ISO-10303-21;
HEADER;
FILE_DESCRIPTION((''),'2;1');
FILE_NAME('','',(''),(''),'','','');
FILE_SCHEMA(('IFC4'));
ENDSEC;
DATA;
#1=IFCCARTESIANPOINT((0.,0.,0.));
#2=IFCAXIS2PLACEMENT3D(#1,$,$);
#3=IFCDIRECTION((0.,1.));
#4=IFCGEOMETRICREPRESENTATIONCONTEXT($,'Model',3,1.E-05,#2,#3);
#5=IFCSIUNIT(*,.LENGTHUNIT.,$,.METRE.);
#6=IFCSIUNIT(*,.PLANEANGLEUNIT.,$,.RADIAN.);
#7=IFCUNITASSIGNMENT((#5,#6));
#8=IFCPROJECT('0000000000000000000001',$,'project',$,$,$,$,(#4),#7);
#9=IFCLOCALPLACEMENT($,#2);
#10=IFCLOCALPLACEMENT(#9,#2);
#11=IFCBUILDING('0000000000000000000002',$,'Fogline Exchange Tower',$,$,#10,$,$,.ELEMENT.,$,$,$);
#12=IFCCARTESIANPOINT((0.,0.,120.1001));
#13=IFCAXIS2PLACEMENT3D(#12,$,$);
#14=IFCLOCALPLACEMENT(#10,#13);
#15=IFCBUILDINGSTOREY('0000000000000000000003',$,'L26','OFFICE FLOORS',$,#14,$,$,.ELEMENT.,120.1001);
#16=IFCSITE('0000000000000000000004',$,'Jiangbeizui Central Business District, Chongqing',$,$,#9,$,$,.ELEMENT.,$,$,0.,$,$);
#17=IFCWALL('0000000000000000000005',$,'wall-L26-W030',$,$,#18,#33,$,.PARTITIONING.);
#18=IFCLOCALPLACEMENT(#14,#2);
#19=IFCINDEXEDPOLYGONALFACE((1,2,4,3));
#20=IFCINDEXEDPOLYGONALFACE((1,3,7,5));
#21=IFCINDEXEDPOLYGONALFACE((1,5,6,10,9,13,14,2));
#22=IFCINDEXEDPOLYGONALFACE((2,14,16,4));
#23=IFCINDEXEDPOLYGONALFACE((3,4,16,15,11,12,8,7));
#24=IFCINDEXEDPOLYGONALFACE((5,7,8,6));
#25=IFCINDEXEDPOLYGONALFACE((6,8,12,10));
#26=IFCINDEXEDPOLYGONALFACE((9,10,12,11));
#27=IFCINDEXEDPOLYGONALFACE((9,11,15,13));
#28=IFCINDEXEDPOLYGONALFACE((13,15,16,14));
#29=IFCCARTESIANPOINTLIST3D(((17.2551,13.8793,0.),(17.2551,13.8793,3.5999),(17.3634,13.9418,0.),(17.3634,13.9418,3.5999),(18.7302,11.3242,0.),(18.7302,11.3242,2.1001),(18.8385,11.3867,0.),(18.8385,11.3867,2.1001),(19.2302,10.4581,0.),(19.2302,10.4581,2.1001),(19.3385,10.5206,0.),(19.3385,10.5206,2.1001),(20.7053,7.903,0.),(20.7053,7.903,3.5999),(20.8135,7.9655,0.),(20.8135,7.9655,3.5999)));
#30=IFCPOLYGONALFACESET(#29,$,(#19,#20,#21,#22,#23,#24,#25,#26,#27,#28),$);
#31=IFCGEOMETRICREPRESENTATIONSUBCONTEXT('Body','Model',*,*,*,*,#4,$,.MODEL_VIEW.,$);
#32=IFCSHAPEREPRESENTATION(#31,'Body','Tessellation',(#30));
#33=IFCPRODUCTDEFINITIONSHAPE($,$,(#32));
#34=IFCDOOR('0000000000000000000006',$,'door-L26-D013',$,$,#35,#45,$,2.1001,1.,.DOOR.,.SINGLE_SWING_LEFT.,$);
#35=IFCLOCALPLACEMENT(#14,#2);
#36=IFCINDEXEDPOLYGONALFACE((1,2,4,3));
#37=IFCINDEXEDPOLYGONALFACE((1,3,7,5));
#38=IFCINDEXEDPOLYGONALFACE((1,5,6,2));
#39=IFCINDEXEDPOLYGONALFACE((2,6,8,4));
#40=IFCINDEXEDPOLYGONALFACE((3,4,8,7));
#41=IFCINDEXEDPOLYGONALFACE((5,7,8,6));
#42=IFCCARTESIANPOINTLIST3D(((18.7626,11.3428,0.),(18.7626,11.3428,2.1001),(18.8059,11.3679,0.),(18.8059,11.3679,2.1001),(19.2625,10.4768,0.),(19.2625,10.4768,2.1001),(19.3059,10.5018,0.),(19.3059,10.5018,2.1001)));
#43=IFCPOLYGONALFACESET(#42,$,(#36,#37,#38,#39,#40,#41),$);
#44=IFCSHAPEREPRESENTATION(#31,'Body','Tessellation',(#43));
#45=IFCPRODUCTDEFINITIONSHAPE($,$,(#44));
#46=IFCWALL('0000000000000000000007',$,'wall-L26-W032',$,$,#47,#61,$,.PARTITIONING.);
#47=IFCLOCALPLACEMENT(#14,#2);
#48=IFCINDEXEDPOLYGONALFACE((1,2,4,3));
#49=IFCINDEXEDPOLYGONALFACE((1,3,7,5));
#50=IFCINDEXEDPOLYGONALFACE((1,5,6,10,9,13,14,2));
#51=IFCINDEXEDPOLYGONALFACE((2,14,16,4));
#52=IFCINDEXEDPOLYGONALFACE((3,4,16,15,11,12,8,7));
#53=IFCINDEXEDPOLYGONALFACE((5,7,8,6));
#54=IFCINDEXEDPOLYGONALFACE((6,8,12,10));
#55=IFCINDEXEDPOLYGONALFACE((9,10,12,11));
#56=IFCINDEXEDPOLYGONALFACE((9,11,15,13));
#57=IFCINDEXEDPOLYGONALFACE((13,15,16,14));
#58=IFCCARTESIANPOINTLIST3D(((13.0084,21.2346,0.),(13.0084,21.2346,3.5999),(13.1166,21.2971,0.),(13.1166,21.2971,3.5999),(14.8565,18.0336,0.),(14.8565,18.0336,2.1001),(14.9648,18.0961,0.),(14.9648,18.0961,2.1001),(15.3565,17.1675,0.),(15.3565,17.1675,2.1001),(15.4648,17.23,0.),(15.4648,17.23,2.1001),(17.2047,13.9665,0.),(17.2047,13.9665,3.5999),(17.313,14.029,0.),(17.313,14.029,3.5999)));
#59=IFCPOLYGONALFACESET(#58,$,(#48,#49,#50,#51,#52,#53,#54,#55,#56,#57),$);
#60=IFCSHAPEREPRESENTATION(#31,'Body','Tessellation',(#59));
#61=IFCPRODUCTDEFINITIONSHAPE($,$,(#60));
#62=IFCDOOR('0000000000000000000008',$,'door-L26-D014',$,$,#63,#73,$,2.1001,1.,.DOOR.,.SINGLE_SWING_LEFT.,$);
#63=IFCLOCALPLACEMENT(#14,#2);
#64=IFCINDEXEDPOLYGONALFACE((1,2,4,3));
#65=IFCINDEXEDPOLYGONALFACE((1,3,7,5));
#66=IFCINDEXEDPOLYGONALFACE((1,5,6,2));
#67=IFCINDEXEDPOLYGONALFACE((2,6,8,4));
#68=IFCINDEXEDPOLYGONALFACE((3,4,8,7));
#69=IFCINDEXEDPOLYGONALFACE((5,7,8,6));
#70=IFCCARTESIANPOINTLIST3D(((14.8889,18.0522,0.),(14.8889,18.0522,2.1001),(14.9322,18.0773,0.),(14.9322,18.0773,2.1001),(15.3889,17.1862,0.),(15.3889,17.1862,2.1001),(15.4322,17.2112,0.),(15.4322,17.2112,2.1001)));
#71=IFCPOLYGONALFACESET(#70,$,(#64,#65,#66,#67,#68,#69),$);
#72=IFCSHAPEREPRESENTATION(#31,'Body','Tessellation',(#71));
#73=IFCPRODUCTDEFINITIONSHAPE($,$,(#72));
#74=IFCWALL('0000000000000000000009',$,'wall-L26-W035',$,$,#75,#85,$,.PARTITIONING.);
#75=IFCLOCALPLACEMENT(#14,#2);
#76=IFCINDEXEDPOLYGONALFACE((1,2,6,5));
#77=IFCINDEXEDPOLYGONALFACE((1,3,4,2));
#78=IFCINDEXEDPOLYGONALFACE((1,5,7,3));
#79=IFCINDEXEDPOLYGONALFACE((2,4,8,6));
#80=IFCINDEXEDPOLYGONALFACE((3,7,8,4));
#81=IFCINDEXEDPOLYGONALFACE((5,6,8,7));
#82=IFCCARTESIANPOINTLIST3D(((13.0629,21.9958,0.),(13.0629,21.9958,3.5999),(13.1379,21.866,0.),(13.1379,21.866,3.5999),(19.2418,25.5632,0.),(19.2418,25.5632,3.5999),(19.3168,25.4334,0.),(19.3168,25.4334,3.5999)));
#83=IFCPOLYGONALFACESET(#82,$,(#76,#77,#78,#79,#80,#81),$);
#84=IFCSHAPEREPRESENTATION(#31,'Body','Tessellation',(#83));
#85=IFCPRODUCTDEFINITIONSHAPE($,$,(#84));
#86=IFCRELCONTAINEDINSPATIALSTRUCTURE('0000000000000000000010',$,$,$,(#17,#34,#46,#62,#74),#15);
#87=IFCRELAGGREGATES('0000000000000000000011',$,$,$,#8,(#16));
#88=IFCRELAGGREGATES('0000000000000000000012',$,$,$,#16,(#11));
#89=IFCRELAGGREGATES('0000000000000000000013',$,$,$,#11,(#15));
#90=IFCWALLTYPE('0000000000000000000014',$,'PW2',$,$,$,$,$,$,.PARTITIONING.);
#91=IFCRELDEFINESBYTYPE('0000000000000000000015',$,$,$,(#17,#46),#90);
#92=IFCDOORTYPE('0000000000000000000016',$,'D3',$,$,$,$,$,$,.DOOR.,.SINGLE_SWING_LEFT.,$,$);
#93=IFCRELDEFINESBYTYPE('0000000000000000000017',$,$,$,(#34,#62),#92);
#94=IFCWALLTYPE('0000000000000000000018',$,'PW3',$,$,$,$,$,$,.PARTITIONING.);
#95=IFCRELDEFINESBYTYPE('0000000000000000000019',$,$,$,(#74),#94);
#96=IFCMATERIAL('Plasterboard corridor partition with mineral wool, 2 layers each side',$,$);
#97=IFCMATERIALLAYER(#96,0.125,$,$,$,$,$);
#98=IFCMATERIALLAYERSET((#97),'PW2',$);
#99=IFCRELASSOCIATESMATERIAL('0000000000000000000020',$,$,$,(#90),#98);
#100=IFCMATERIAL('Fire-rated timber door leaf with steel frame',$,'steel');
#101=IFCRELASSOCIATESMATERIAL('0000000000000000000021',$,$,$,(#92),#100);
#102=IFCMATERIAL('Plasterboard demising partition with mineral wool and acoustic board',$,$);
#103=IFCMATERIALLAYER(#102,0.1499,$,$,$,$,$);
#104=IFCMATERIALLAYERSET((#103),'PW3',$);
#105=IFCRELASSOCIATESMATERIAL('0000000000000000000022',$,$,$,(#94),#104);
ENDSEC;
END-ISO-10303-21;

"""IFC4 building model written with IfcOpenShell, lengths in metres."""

from ifc_helpers import new_model, si_unit, direction, frame, frame_2d, origin, place, context, subcontext, project, spatial, rectangle, extrude, material, layer, layer_set, type_object, element, fill, save


model = new_model("IFC4")

# Units and contexts
model_context = context("Model", 3, precision=1e-05, world=origin(), true_north=direction((0.0, 1.0)))
body_context = subcontext(model_context, "Body", "Model", "MODEL_VIEW")
ifc_project = project(units=[si_unit("LENGTHUNIT", "METRE"), si_unit("PLANEANGLEUNIT", "RADIAN")], contexts=[model_context])

# Site, building, storey
site_placement = place(None, origin())
site = spatial("IfcSite", under=ifc_project, at=site_placement, Name="Jiangbeizui Central Business District, Chongqing", CompositionType="ELEMENT", RefElevation=0.0)
building_placement = place(site_placement, origin())
building = spatial("IfcBuilding", under=site, at=building_placement, Name="Fogline Exchange Tower", CompositionType="ELEMENT")
storey_placement = place(building_placement, frame((0.0, 0.0, 120.1001)))
storey = spatial("IfcBuildingStorey", under=building, at=storey_placement, Name="L26", Description="OFFICE FLOORS", CompositionType="ELEMENT", Elevation=120.1001)

# Shared definitions
ifc_material_1 = material(Name="Plasterboard corridor partition with mineral wool, 2 layers each side")
ifc_layer_1 = layer(ifc_material_1, 0.125)
ifc_layer_set_1 = layer_set([ifc_layer_1], Name="PW2")
wall_type_1 = type_object("IfcWallType", Name="PW2", PredefinedType="PARTITIONING", material=ifc_layer_set_1)

# Walls, openings, doors
wall_1_placement = place(storey_placement, frame((17.3093, 13.9104, 0.0), z_axis=(0.0, 0.0, 1.0), x_axis=(0.499975, -0.86604, 0.0)))
wall_1 = element("IfcWall", 1, at=wall_1_placement, inside=storey, type_object=wall_type_1, Name="wall-L26-W030", PredefinedType="PARTITIONING", context=body_context, shape_type="SweptSolid", body=[
    extrude(rectangle(XDim=6.9006, YDim=0.125, at=frame_2d((3.4502, 0.0))), origin(), (0.0, 0.0, 1.0), 3.5999),
])
opening_1_placement = place(wall_1_placement, frame((2.9502, 0.0, 0.0)))
opening_1 = element("IfcOpeningElement", 2, at=opening_1_placement, cuts=wall_1, PredefinedType="OPENING", context=body_context, shape_type="SweptSolid", body=[
    extrude(rectangle(XDim=1.0, YDim=2.1001, at=frame_2d((0.5, 1.05))), frame((0.0, 0.0725, 0.0), z_axis=(0.0, -1.0, 0.0), x_axis=(1.0, 0.0, 0.0)), (0.0, 0.0, 1.0), 0.145),
])
ifc_material_2 = material(Name="Fire-rated timber door leaf with steel frame", Category="steel")
door_type = type_object("IfcDoorType", Name="D3", OperationType="SINGLE_SWING_LEFT", PredefinedType="DOOR", material=ifc_material_2)
door_1_placement = place(opening_1_placement, origin())
door_1 = element("IfcDoor", 3, at=door_1_placement, inside=storey, type_object=door_type, Name="door-L26-D013", OperationType="SINGLE_SWING_LEFT", OverallHeight=2.1001, OverallWidth=1.0, PredefinedType="DOOR", context=body_context, shape_type="SweptSolid", body=[
    extrude(rectangle(XDim=1.0, YDim=2.1001, at=frame_2d((0.5, 1.05))), frame((0.0, 0.0249, 0.0), z_axis=(0.0, -1.0, 0.0), x_axis=(1.0, 0.0, 0.0)), (0.0, 0.0, 1.0), 0.05),
])
fill(opening_1, door_1)
wall_2_placement = place(storey_placement, frame((13.0625, 21.2659, 0.0), z_axis=(0.0, 0.0, 1.0), x_axis=(0.500006, -0.866022, 0.0)))
wall_2 = element("IfcWall", 4, at=wall_2_placement, inside=storey, type_object=wall_type_1, Name="wall-L26-W032", PredefinedType="PARTITIONING", context=body_context, shape_type="SweptSolid", body=[
    extrude(rectangle(XDim=8.3926, YDim=0.125, at=frame_2d((4.1963, 0.0))), origin(), (0.0, 0.0, 1.0), 3.5999),
])
opening_2_placement = place(wall_2_placement, frame((3.6963, 0.0, 0.0)))
opening_2 = element("IfcOpeningElement", 5, at=opening_2_placement, cuts=wall_2, PredefinedType="OPENING", context=body_context, shape_type="SweptSolid", body=[
    extrude(rectangle(XDim=1.0, YDim=2.1001, at=frame_2d((0.5, 1.05))), frame((0.0, 0.0725, 0.0), z_axis=(0.0, -1.0, 0.0), x_axis=(1.0, 0.0, 0.0)), (0.0, 0.0, 1.0), 0.145),
])
door_2_placement = place(opening_2_placement, origin())
door_2 = element("IfcDoor", 6, at=door_2_placement, inside=storey, type_object=door_type, Name="door-L26-D014", OperationType="SINGLE_SWING_LEFT", OverallHeight=2.1001, OverallWidth=1.0, PredefinedType="DOOR", context=body_context, shape_type="SweptSolid", body=[
    extrude(rectangle(XDim=1.0, YDim=2.1001, at=frame_2d((0.5, 1.05))), frame((0.0, 0.0249, 0.0), z_axis=(0.0, -1.0, 0.0), x_axis=(1.0, 0.0, 0.0)), (0.0, 0.0, 1.0), 0.05),
])
fill(opening_2, door_2)

# Wall
ifc_material_3 = material(Name="Plasterboard demising partition with mineral wool and acoustic board")
ifc_layer_2 = layer(ifc_material_3, 0.1499)
ifc_layer_set_2 = layer_set([ifc_layer_2], Name="PW3")
wall_type_2 = type_object("IfcWallType", Name="PW3", PredefinedType="PARTITIONING", material=ifc_layer_set_2)
wall_3_placement = place(storey_placement, frame((19.2793, 25.4983, 0.0), z_axis=(0.0, 0.0, 1.0), x_axis=(-0.866028, -0.499996, 0.0)))
element("IfcWall", 7, at=wall_3_placement, inside=storey, type_object=wall_type_2, Name="wall-L26-W035", PredefinedType="PARTITIONING", context=body_context, shape_type="SweptSolid", body=[
    extrude(rectangle(XDim=7.1348, YDim=0.1499, at=frame_2d((3.5674, 0.0))), origin(), (0.0, 0.0, 1.0), 3.5999),
])

save(model, "model.ifc")
